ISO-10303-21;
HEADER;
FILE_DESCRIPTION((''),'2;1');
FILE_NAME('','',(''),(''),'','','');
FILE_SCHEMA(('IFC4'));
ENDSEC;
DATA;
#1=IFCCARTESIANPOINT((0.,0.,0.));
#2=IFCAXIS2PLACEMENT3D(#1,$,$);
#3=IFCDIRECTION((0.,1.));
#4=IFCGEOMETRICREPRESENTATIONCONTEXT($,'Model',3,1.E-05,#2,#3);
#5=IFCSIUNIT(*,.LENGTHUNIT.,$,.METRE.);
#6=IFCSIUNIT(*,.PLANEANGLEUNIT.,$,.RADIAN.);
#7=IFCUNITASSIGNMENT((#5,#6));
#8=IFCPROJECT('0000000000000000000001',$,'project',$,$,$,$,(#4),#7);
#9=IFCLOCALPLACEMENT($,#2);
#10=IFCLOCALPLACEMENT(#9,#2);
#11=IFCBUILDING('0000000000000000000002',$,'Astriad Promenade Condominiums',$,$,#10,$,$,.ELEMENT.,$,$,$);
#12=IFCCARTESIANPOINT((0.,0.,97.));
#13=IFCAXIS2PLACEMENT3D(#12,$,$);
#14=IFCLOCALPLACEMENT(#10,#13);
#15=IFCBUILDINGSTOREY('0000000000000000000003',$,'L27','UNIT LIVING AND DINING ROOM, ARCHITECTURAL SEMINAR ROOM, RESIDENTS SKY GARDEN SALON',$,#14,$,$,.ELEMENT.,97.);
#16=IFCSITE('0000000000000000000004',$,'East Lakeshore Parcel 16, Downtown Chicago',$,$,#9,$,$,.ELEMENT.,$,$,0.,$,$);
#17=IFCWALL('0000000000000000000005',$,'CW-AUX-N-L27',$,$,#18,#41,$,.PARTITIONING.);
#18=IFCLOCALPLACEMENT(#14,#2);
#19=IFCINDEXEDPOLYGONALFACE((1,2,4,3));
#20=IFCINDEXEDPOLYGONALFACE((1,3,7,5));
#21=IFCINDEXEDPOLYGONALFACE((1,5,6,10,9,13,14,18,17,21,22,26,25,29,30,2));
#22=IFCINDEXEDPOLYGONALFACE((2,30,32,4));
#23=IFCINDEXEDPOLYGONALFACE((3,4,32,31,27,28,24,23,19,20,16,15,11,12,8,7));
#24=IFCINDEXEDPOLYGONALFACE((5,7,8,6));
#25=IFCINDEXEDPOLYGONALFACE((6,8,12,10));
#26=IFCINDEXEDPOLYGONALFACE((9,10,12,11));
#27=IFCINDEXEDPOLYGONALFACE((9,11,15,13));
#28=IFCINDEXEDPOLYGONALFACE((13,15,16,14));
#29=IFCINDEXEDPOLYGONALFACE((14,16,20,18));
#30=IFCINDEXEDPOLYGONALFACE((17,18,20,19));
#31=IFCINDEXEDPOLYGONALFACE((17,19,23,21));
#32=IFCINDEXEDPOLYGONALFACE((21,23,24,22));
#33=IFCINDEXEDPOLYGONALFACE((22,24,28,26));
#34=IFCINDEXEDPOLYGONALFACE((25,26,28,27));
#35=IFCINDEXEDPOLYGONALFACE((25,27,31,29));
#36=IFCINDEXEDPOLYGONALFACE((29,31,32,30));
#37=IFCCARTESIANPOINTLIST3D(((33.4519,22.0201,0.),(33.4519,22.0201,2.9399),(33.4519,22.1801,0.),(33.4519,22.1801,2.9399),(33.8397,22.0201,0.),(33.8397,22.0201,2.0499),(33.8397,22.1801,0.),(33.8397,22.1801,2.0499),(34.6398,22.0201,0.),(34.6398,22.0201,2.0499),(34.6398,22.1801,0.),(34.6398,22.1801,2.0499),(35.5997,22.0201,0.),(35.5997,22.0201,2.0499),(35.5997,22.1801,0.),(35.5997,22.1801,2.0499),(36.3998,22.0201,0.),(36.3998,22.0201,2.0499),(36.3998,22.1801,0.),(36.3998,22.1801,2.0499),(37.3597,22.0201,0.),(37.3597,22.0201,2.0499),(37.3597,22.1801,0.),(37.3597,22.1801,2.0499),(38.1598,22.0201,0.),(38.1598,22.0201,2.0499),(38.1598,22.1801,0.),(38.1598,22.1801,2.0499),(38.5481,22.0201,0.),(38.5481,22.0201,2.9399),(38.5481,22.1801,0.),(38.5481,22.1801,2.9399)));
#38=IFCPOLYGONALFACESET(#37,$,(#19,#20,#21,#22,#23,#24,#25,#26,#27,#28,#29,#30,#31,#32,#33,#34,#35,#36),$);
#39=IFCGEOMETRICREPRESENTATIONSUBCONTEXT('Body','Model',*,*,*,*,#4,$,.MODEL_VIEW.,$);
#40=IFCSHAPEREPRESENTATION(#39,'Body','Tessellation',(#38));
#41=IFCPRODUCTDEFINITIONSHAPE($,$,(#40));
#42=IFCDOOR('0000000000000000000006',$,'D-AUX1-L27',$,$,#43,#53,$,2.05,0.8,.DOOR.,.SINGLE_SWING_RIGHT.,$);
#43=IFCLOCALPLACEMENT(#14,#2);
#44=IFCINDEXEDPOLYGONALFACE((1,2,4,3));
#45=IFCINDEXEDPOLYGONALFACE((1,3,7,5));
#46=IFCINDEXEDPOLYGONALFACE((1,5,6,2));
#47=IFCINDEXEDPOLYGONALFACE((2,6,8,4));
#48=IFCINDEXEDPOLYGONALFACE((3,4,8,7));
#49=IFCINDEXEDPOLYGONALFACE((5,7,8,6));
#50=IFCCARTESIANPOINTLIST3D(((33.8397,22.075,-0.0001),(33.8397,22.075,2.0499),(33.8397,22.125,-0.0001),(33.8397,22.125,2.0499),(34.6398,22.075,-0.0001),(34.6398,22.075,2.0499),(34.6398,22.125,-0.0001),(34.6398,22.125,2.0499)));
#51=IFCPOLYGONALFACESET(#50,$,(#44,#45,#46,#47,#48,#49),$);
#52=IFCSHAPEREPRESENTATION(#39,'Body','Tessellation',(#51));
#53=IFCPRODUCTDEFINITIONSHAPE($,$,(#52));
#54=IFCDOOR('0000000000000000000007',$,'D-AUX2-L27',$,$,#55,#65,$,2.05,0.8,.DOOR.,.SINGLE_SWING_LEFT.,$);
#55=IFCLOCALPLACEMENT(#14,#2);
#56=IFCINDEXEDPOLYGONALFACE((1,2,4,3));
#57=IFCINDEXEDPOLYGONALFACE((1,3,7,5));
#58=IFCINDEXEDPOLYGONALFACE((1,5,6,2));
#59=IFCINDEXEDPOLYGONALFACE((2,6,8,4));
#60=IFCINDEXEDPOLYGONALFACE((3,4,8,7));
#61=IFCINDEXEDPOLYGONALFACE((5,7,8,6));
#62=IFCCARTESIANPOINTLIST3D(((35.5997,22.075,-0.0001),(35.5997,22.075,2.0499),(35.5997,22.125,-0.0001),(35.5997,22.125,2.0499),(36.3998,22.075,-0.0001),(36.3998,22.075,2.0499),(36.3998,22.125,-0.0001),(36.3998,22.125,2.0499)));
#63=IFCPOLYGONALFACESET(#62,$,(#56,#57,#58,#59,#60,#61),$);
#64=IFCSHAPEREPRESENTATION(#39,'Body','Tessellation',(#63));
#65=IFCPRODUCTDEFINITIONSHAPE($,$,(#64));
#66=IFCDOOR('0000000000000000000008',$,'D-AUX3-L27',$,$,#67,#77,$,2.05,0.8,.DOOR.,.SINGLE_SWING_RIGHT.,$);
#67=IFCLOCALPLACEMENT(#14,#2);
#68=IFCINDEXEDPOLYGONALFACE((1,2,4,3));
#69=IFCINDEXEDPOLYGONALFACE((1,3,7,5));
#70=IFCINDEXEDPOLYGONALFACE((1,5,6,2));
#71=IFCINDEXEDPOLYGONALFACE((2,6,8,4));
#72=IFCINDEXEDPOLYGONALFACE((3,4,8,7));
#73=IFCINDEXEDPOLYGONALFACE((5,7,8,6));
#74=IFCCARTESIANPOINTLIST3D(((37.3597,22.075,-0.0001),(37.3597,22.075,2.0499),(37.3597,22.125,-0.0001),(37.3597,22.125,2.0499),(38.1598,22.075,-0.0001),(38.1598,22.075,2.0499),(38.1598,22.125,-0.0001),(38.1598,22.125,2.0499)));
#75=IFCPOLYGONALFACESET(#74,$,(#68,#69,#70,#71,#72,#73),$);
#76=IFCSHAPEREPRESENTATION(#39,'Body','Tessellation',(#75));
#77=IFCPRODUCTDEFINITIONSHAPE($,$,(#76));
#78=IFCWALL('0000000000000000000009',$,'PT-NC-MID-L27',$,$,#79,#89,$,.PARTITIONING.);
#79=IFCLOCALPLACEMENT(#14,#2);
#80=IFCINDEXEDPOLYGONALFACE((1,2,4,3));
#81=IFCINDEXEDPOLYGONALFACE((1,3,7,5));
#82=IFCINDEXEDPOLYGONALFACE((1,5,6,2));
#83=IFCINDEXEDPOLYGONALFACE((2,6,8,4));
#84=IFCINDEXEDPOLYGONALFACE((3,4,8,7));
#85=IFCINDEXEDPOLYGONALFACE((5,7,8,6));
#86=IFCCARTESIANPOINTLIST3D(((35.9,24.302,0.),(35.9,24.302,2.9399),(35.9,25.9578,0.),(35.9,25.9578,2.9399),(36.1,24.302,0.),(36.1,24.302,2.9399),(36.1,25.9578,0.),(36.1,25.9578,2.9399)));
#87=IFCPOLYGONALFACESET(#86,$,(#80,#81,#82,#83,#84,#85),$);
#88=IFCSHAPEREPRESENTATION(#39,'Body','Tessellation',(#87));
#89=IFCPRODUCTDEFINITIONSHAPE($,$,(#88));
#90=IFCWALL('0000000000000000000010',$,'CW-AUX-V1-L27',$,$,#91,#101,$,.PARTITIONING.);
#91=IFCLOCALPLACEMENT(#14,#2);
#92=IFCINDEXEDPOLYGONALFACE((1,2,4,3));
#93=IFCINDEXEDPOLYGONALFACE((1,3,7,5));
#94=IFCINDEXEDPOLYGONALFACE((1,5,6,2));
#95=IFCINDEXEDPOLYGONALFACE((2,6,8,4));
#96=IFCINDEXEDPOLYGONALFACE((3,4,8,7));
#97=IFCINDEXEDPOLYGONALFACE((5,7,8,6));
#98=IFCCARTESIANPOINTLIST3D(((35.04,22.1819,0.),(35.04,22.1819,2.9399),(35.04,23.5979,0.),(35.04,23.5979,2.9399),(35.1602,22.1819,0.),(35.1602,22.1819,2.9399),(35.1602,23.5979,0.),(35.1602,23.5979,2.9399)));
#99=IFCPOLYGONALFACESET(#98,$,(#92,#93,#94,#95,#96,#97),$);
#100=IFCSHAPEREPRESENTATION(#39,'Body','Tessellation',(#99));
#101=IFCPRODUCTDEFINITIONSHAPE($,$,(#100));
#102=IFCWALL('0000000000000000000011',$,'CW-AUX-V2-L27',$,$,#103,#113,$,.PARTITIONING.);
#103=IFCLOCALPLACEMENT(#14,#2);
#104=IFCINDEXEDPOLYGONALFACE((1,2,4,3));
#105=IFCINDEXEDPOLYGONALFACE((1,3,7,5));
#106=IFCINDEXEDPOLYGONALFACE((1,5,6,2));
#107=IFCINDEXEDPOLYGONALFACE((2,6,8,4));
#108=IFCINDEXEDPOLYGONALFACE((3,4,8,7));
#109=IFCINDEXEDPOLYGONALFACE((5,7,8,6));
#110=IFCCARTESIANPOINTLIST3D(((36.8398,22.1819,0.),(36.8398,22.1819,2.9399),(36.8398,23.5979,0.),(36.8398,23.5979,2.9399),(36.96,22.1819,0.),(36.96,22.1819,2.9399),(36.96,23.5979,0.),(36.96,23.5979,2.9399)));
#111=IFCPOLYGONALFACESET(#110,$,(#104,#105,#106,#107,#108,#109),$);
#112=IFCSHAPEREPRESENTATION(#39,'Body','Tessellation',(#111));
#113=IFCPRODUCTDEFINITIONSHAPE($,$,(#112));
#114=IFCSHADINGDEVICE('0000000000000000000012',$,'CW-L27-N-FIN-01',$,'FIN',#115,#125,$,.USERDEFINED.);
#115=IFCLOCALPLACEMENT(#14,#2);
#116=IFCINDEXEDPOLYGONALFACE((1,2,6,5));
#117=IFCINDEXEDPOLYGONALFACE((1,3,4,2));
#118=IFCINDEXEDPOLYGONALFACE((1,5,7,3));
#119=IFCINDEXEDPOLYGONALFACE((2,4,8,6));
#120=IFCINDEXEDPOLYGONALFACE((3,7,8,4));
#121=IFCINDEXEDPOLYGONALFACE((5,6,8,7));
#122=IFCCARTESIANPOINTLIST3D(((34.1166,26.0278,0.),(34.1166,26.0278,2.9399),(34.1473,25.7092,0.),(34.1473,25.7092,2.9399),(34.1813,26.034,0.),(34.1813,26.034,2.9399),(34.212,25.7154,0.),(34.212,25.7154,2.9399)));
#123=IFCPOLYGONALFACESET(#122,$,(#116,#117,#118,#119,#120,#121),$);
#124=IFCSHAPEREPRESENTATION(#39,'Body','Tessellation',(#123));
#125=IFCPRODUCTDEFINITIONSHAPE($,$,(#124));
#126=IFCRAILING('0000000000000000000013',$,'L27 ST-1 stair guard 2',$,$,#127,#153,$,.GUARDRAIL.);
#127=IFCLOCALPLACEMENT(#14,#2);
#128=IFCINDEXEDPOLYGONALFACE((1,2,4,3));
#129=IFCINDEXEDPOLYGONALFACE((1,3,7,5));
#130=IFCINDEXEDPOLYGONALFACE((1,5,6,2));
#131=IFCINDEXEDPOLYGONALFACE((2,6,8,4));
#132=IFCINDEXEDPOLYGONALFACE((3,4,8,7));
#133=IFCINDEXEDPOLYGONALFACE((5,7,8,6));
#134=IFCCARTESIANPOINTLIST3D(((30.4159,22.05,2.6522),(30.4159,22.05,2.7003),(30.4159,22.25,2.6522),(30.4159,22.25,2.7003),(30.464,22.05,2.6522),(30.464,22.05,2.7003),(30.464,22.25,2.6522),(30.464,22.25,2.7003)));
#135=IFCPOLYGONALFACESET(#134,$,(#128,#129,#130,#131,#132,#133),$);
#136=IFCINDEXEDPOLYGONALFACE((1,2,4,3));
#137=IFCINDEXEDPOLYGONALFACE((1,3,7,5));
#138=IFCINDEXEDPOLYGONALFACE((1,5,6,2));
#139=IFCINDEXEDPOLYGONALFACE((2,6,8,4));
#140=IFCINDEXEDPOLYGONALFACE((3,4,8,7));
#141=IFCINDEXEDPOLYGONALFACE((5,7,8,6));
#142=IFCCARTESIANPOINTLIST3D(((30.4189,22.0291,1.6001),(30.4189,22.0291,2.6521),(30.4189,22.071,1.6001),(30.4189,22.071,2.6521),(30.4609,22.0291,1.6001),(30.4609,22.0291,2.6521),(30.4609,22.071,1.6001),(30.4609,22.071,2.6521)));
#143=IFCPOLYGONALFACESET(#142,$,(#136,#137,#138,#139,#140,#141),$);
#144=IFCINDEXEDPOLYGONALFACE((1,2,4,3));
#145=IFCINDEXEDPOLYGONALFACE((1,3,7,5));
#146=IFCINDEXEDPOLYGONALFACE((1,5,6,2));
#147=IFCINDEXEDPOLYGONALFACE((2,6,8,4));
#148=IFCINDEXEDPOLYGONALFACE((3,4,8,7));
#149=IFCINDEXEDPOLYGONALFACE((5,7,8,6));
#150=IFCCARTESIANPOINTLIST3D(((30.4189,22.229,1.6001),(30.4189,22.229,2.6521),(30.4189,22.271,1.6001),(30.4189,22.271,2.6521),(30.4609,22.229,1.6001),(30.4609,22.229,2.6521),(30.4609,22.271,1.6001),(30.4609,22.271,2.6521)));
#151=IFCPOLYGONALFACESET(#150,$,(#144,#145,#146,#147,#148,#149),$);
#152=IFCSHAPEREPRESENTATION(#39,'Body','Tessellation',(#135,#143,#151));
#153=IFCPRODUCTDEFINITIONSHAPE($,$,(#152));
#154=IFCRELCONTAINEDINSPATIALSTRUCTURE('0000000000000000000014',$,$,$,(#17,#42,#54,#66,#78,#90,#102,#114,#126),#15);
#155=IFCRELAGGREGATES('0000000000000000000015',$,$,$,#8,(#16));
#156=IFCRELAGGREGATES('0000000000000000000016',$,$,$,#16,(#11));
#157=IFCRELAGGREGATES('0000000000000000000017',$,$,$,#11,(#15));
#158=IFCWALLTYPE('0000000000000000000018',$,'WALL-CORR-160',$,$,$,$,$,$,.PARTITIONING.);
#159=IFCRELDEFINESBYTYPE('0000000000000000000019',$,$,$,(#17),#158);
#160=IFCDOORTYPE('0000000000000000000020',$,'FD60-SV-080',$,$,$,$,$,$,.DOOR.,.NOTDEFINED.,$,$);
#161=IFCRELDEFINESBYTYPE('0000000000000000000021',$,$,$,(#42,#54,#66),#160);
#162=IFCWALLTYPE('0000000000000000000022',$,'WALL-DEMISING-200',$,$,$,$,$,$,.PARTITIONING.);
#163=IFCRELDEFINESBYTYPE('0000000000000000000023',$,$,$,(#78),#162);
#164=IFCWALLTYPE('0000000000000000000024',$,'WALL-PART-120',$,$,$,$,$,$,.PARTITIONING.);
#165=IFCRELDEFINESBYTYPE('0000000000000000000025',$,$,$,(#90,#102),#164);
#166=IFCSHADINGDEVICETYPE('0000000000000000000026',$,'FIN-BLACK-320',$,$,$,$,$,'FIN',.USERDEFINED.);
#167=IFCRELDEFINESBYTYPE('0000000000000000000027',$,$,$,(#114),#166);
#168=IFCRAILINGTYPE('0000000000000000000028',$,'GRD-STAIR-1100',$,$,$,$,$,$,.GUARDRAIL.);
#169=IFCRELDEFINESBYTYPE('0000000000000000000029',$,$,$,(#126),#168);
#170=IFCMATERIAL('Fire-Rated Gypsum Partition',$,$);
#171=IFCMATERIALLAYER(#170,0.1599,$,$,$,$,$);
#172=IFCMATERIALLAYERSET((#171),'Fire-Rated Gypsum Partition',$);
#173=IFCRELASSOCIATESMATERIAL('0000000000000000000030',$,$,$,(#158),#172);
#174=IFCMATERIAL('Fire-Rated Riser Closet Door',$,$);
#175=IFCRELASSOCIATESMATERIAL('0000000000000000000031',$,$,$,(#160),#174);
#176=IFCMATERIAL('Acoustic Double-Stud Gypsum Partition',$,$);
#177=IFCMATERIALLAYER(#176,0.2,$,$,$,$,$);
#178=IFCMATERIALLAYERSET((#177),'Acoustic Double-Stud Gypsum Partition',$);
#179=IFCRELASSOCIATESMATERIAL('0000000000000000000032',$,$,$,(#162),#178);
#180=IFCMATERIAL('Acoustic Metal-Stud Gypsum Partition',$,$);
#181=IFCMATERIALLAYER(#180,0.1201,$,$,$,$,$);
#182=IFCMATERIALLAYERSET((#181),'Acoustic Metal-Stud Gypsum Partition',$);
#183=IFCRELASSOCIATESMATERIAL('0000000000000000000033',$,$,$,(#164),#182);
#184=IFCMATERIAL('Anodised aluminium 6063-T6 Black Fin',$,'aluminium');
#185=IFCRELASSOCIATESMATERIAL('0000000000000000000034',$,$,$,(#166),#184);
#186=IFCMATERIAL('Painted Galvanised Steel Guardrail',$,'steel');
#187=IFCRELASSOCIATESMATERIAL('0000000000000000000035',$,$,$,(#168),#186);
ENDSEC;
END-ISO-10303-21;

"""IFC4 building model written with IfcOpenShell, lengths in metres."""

from ifc_helpers import new_model, si_unit, direction, frame, frame_2d, origin, origin_2d, place, context, subcontext, project, spatial, rectangle, extrude, source, transform, mapped, material, layer, layer_set, type_object, type_shapes, element, fill, save


model = new_model("IFC4")

# Units and contexts
model_context = context("Model", 3, precision=1e-05, world=origin(), true_north=direction((0.0, 1.0)))
body_context = subcontext(model_context, "Body", "Model", "MODEL_VIEW")
ifc_project = project(units=[si_unit("LENGTHUNIT", "METRE"), si_unit("PLANEANGLEUNIT", "RADIAN")], contexts=[model_context])

# Site, building, storey
site_placement = place(None, origin())
site = spatial("IfcSite", under=ifc_project, at=site_placement, Name="East Lakeshore Parcel 16, Downtown Chicago", CompositionType="ELEMENT", RefElevation=0.0)
building_placement = place(site_placement, origin())
building = spatial("IfcBuilding", under=site, at=building_placement, Name="Astriad Promenade Condominiums", CompositionType="ELEMENT")
storey_placement = place(building_placement, frame((0.0, 0.0, 97.0)))
storey = spatial("IfcBuildingStorey", under=building, at=storey_placement, Name="L27", Description="UNIT LIVING AND DINING ROOM, ARCHITECTURAL SEMINAR ROOM, RESIDENTS SKY GARDEN SALON", CompositionType="ELEMENT", Elevation=97.0)

# Shared definitions
ifc_material_1 = material(Name="Fire-Rated Gypsum Partition")
ifc_layer_1 = layer(ifc_material_1, 0.1599)
ifc_layer_set_1 = layer_set([ifc_layer_1], Name="Fire-Rated Gypsum Partition")
wall_type_1 = type_object("IfcWallType", Name="WALL-CORR-160", PredefinedType="PARTITIONING", material=ifc_layer_set_1)

# Wall, openings, doors
wall_1_placement = place(storey_placement, frame((33.4519, 22.1001, 0.0), z_axis=(0.0, 0.0, 1.0), x_axis=(1.0, 0.0, 0.0)))
wall_1 = element("IfcWall", 1, at=wall_1_placement, inside=storey, type_object=wall_type_1, Name="CW-AUX-N-L27", PredefinedType="PARTITIONING", context=body_context, shape_type="SweptSolid", body=[
    extrude(rectangle(XDim=5.0962, YDim=0.1599, at=frame_2d((2.5481, 0.0))), origin(), (0.0, 0.0, 1.0), 2.9399),
])
opening_1_placement = place(wall_1_placement, frame((0.3879, 0.0, 0.0)))
opening_1 = element("IfcOpeningElement", 2, at=opening_1_placement, cuts=wall_1, PredefinedType="OPENING", context=body_context, shape_type="SweptSolid", body=[
    extrude(rectangle(XDim=0.8, YDim=2.05, at=frame_2d((0.3999, 1.0249))), frame((0.0, 0.0898, 0.0), z_axis=(0.0, -1.0, 0.0), x_axis=(1.0, 0.0, 0.0)), (0.0, 0.0, 1.0), 0.1799),
])
opening_2_placement = place(wall_1_placement, frame((2.1479, 0.0, 0.0)))
opening_2 = element("IfcOpeningElement", 3, at=opening_2_placement, cuts=wall_1, PredefinedType="OPENING", context=body_context, shape_type="SweptSolid", body=[
    extrude(rectangle(XDim=0.8, YDim=2.05, at=frame_2d((0.3999, 1.0249))), frame((0.0, 0.0898, 0.0), z_axis=(0.0, -1.0, 0.0), x_axis=(1.0, 0.0, 0.0)), (0.0, 0.0, 1.0), 0.1799),
])
opening_3_placement = place(wall_1_placement, frame((3.908, 0.0, 0.0)))
opening_3 = element("IfcOpeningElement", 4, at=opening_3_placement, cuts=wall_1, PredefinedType="OPENING", context=body_context, shape_type="SweptSolid", body=[
    extrude(rectangle(XDim=0.8, YDim=2.05, at=frame_2d((0.3999, 1.0249))), frame((0.0, 0.0898, 0.0), z_axis=(0.0, -1.0, 0.0), x_axis=(1.0, 0.0, 0.0)), (0.0, 0.0, 1.0), 0.1799),
])
ifc_material_2 = material(Name="Fire-Rated Riser Closet Door")
door_type_1 = type_object("IfcDoorType", Name="FD60-SV-080", OperationType="NOTDEFINED", PredefinedType="DOOR", material=ifc_material_2)
shared_shape_1 = source(origin(), body_context, "Body", "SweptSolid", [
    extrude(rectangle(XDim=0.8, YDim=2.05, at=frame_2d((0.3999, 1.0249))), frame((0.0, 0.0249, 0.0), z_axis=(0.0, -1.0, 0.0), x_axis=(1.0, 0.0, 0.0)), (0.0, 0.0, 1.0), 0.05),
])
type_shapes(door_type_1, [shared_shape_1])
door_1_placement = place(opening_1_placement, origin())
door_1 = element("IfcDoor", 5, at=door_1_placement, inside=storey, type_object=door_type_1, Name="D-AUX1-L27", OperationType="SINGLE_SWING_RIGHT", OverallHeight=2.05, OverallWidth=0.8, PredefinedType="DOOR", context=body_context, shape_type="MappedRepresentation", body=[
    mapped(shared_shape_1, transform((0.0, 0.0, 0.0), scale=1.0)),
])
fill(opening_1, door_1)
door_2_placement = place(opening_2_placement, origin())
door_2 = element("IfcDoor", 6, at=door_2_placement, inside=storey, type_object=door_type_1, Name="D-AUX2-L27", OperationType="SINGLE_SWING_LEFT", OverallHeight=2.05, OverallWidth=0.8, PredefinedType="DOOR", context=body_context, shape_type="MappedRepresentation", body=[
    mapped(shared_shape_1, transform((0.0, 0.0, 0.0), scale=1.0)),
])
fill(opening_2, door_2)
door_3_placement = place(opening_3_placement, origin())
door_3 = element("IfcDoor", 7, at=door_3_placement, inside=storey, type_object=door_type_1, Name="D-AUX3-L27", OperationType="SINGLE_SWING_RIGHT", OverallHeight=2.05, OverallWidth=0.8, PredefinedType="DOOR", context=body_context, shape_type="MappedRepresentation", body=[
    mapped(shared_shape_1, transform((0.0, 0.0, 0.0), scale=1.0)),
])
fill(opening_3, door_3)

# Walls
ifc_material_3 = material(Name="Acoustic Double-Stud Gypsum Partition")
ifc_layer_2 = layer(ifc_material_3, 0.2)
ifc_layer_set_2 = layer_set([ifc_layer_2], Name="Acoustic Double-Stud Gypsum Partition")
wall_type_2 = type_object("IfcWallType", Name="WALL-DEMISING-200", PredefinedType="PARTITIONING", material=ifc_layer_set_2)
wall_2_placement = place(storey_placement, frame((36.0, 24.302, 0.0), z_axis=(0.0, 0.0, 1.0), x_axis=(0.0, 1.0, 0.0)))
element("IfcWall", 8, at=wall_2_placement, inside=storey, type_object=wall_type_2, Name="PT-NC-MID-L27", PredefinedType="PARTITIONING", context=body_context, shape_type="SweptSolid", body=[
    extrude(rectangle(XDim=1.6558, YDim=0.2, at=frame_2d((0.8279, 0.0))), origin(), (0.0, 0.0, 1.0), 2.9399),
])
ifc_material_4 = material(Name="Acoustic Metal-Stud Gypsum Partition")
ifc_layer_3 = layer(ifc_material_4, 0.1201)
ifc_layer_set_3 = layer_set([ifc_layer_3], Name="Acoustic Metal-Stud Gypsum Partition")
wall_type_3 = type_object("IfcWallType", Name="WALL-PART-120", PredefinedType="PARTITIONING", material=ifc_layer_set_3)
for number, where, z_axis, x_axis, name in (
    (9, (35.1001, 22.1819, 0.0), (0.0, 0.0, 1.0), (0.0, 1.0, 0.0), "CW-AUX-V1-L27"),
    (10, (36.8999, 22.1819, 0.0), (0.0, 0.0, 1.0), (0.0, 1.0, 0.0), "CW-AUX-V2-L27"),
):
    element("IfcWall", number, at=place(storey_placement, frame(where, z_axis=z_axis, x_axis=x_axis)), inside=storey, type_object=wall_type_3, Name=name, PredefinedType="PARTITIONING", context=body_context, shape_type="SweptSolid", body=[
        extrude(rectangle(XDim=1.416, YDim=0.1201, at=frame_2d((0.708, 0.0))), origin(), (0.0, 0.0, 1.0), 2.9399),
    ])

# Shading device
ifc_material_5 = material(Name="Anodised aluminium 6063-T6 Black Fin", Category="aluminium")
shading_device_type = type_object("IfcShadingDeviceType", Name="FIN-BLACK-320", ElementType="FIN", PredefinedType="USERDEFINED", material=ifc_material_5)
shared_shape_2 = source(origin(), body_context, "Body", "SweptSolid", [
    extrude(rectangle(XDim=0.0649, YDim=0.3201, at=origin_2d()), origin(), (0.0, 0.0, 1.0), 2.9399),
])
type_shapes(shading_device_type, [shared_shape_2])
shading_device_placement = place(storey_placement, frame((34.1643, 25.8716, 0.0), z_axis=(0.0, 0.0, 1.0), x_axis=(0.995396, 0.095846, 0.0)))
element("IfcShadingDevice", 11, at=shading_device_placement, inside=storey, type_object=shading_device_type, Name="CW-L27-N-FIN-01", ObjectType="FIN", PredefinedType="USERDEFINED", context=body_context, shape_type="MappedRepresentation", body=[
    mapped(shared_shape_2, transform((0.0, 0.0, 0.0), scale=1.0)),
])

# Railing
ifc_material_6 = material(Name="Painted Galvanised Steel Guardrail", Category="steel")
railing_type = type_object("IfcRailingType", Name="GRD-STAIR-1100", PredefinedType="GUARDRAIL", material=ifc_material_6)
shared_shape_3 = source(origin(), body_context, "Body", "SweptSolid", [
    extrude(rectangle(XDim=0.0481, YDim=0.0481, at=origin_2d()), frame((0.0, 0.0, 1.0762), z_axis=(0.0, 1.0, 0.0), x_axis=(-1.0, 0.0, 0.0)), (0.0, 0.0, 1.0), 0.2),
    extrude(rectangle(XDim=0.042, YDim=0.042, at=origin_2d()), origin(), (0.0, 0.0, 1.0), 1.052),
    extrude(rectangle(XDim=0.042, YDim=0.042, at=origin_2d()), frame((0.0, 0.2, 0.0)), (0.0, 0.0, 1.0), 1.052),
])
type_shapes(railing_type, [shared_shape_3])
railing_placement = place(storey_placement, frame((30.4399, 22.05, 1.6001)))
element("IfcRailing", 12, at=railing_placement, inside=storey, type_object=railing_type, Name="L27 ST-1 stair guard 2", PredefinedType="GUARDRAIL", context=body_context, shape_type="MappedRepresentation", body=[
    mapped(shared_shape_3, transform((0.0, 0.0, 0.0), scale=1.0)),
])

save(model, "model.ifc")
